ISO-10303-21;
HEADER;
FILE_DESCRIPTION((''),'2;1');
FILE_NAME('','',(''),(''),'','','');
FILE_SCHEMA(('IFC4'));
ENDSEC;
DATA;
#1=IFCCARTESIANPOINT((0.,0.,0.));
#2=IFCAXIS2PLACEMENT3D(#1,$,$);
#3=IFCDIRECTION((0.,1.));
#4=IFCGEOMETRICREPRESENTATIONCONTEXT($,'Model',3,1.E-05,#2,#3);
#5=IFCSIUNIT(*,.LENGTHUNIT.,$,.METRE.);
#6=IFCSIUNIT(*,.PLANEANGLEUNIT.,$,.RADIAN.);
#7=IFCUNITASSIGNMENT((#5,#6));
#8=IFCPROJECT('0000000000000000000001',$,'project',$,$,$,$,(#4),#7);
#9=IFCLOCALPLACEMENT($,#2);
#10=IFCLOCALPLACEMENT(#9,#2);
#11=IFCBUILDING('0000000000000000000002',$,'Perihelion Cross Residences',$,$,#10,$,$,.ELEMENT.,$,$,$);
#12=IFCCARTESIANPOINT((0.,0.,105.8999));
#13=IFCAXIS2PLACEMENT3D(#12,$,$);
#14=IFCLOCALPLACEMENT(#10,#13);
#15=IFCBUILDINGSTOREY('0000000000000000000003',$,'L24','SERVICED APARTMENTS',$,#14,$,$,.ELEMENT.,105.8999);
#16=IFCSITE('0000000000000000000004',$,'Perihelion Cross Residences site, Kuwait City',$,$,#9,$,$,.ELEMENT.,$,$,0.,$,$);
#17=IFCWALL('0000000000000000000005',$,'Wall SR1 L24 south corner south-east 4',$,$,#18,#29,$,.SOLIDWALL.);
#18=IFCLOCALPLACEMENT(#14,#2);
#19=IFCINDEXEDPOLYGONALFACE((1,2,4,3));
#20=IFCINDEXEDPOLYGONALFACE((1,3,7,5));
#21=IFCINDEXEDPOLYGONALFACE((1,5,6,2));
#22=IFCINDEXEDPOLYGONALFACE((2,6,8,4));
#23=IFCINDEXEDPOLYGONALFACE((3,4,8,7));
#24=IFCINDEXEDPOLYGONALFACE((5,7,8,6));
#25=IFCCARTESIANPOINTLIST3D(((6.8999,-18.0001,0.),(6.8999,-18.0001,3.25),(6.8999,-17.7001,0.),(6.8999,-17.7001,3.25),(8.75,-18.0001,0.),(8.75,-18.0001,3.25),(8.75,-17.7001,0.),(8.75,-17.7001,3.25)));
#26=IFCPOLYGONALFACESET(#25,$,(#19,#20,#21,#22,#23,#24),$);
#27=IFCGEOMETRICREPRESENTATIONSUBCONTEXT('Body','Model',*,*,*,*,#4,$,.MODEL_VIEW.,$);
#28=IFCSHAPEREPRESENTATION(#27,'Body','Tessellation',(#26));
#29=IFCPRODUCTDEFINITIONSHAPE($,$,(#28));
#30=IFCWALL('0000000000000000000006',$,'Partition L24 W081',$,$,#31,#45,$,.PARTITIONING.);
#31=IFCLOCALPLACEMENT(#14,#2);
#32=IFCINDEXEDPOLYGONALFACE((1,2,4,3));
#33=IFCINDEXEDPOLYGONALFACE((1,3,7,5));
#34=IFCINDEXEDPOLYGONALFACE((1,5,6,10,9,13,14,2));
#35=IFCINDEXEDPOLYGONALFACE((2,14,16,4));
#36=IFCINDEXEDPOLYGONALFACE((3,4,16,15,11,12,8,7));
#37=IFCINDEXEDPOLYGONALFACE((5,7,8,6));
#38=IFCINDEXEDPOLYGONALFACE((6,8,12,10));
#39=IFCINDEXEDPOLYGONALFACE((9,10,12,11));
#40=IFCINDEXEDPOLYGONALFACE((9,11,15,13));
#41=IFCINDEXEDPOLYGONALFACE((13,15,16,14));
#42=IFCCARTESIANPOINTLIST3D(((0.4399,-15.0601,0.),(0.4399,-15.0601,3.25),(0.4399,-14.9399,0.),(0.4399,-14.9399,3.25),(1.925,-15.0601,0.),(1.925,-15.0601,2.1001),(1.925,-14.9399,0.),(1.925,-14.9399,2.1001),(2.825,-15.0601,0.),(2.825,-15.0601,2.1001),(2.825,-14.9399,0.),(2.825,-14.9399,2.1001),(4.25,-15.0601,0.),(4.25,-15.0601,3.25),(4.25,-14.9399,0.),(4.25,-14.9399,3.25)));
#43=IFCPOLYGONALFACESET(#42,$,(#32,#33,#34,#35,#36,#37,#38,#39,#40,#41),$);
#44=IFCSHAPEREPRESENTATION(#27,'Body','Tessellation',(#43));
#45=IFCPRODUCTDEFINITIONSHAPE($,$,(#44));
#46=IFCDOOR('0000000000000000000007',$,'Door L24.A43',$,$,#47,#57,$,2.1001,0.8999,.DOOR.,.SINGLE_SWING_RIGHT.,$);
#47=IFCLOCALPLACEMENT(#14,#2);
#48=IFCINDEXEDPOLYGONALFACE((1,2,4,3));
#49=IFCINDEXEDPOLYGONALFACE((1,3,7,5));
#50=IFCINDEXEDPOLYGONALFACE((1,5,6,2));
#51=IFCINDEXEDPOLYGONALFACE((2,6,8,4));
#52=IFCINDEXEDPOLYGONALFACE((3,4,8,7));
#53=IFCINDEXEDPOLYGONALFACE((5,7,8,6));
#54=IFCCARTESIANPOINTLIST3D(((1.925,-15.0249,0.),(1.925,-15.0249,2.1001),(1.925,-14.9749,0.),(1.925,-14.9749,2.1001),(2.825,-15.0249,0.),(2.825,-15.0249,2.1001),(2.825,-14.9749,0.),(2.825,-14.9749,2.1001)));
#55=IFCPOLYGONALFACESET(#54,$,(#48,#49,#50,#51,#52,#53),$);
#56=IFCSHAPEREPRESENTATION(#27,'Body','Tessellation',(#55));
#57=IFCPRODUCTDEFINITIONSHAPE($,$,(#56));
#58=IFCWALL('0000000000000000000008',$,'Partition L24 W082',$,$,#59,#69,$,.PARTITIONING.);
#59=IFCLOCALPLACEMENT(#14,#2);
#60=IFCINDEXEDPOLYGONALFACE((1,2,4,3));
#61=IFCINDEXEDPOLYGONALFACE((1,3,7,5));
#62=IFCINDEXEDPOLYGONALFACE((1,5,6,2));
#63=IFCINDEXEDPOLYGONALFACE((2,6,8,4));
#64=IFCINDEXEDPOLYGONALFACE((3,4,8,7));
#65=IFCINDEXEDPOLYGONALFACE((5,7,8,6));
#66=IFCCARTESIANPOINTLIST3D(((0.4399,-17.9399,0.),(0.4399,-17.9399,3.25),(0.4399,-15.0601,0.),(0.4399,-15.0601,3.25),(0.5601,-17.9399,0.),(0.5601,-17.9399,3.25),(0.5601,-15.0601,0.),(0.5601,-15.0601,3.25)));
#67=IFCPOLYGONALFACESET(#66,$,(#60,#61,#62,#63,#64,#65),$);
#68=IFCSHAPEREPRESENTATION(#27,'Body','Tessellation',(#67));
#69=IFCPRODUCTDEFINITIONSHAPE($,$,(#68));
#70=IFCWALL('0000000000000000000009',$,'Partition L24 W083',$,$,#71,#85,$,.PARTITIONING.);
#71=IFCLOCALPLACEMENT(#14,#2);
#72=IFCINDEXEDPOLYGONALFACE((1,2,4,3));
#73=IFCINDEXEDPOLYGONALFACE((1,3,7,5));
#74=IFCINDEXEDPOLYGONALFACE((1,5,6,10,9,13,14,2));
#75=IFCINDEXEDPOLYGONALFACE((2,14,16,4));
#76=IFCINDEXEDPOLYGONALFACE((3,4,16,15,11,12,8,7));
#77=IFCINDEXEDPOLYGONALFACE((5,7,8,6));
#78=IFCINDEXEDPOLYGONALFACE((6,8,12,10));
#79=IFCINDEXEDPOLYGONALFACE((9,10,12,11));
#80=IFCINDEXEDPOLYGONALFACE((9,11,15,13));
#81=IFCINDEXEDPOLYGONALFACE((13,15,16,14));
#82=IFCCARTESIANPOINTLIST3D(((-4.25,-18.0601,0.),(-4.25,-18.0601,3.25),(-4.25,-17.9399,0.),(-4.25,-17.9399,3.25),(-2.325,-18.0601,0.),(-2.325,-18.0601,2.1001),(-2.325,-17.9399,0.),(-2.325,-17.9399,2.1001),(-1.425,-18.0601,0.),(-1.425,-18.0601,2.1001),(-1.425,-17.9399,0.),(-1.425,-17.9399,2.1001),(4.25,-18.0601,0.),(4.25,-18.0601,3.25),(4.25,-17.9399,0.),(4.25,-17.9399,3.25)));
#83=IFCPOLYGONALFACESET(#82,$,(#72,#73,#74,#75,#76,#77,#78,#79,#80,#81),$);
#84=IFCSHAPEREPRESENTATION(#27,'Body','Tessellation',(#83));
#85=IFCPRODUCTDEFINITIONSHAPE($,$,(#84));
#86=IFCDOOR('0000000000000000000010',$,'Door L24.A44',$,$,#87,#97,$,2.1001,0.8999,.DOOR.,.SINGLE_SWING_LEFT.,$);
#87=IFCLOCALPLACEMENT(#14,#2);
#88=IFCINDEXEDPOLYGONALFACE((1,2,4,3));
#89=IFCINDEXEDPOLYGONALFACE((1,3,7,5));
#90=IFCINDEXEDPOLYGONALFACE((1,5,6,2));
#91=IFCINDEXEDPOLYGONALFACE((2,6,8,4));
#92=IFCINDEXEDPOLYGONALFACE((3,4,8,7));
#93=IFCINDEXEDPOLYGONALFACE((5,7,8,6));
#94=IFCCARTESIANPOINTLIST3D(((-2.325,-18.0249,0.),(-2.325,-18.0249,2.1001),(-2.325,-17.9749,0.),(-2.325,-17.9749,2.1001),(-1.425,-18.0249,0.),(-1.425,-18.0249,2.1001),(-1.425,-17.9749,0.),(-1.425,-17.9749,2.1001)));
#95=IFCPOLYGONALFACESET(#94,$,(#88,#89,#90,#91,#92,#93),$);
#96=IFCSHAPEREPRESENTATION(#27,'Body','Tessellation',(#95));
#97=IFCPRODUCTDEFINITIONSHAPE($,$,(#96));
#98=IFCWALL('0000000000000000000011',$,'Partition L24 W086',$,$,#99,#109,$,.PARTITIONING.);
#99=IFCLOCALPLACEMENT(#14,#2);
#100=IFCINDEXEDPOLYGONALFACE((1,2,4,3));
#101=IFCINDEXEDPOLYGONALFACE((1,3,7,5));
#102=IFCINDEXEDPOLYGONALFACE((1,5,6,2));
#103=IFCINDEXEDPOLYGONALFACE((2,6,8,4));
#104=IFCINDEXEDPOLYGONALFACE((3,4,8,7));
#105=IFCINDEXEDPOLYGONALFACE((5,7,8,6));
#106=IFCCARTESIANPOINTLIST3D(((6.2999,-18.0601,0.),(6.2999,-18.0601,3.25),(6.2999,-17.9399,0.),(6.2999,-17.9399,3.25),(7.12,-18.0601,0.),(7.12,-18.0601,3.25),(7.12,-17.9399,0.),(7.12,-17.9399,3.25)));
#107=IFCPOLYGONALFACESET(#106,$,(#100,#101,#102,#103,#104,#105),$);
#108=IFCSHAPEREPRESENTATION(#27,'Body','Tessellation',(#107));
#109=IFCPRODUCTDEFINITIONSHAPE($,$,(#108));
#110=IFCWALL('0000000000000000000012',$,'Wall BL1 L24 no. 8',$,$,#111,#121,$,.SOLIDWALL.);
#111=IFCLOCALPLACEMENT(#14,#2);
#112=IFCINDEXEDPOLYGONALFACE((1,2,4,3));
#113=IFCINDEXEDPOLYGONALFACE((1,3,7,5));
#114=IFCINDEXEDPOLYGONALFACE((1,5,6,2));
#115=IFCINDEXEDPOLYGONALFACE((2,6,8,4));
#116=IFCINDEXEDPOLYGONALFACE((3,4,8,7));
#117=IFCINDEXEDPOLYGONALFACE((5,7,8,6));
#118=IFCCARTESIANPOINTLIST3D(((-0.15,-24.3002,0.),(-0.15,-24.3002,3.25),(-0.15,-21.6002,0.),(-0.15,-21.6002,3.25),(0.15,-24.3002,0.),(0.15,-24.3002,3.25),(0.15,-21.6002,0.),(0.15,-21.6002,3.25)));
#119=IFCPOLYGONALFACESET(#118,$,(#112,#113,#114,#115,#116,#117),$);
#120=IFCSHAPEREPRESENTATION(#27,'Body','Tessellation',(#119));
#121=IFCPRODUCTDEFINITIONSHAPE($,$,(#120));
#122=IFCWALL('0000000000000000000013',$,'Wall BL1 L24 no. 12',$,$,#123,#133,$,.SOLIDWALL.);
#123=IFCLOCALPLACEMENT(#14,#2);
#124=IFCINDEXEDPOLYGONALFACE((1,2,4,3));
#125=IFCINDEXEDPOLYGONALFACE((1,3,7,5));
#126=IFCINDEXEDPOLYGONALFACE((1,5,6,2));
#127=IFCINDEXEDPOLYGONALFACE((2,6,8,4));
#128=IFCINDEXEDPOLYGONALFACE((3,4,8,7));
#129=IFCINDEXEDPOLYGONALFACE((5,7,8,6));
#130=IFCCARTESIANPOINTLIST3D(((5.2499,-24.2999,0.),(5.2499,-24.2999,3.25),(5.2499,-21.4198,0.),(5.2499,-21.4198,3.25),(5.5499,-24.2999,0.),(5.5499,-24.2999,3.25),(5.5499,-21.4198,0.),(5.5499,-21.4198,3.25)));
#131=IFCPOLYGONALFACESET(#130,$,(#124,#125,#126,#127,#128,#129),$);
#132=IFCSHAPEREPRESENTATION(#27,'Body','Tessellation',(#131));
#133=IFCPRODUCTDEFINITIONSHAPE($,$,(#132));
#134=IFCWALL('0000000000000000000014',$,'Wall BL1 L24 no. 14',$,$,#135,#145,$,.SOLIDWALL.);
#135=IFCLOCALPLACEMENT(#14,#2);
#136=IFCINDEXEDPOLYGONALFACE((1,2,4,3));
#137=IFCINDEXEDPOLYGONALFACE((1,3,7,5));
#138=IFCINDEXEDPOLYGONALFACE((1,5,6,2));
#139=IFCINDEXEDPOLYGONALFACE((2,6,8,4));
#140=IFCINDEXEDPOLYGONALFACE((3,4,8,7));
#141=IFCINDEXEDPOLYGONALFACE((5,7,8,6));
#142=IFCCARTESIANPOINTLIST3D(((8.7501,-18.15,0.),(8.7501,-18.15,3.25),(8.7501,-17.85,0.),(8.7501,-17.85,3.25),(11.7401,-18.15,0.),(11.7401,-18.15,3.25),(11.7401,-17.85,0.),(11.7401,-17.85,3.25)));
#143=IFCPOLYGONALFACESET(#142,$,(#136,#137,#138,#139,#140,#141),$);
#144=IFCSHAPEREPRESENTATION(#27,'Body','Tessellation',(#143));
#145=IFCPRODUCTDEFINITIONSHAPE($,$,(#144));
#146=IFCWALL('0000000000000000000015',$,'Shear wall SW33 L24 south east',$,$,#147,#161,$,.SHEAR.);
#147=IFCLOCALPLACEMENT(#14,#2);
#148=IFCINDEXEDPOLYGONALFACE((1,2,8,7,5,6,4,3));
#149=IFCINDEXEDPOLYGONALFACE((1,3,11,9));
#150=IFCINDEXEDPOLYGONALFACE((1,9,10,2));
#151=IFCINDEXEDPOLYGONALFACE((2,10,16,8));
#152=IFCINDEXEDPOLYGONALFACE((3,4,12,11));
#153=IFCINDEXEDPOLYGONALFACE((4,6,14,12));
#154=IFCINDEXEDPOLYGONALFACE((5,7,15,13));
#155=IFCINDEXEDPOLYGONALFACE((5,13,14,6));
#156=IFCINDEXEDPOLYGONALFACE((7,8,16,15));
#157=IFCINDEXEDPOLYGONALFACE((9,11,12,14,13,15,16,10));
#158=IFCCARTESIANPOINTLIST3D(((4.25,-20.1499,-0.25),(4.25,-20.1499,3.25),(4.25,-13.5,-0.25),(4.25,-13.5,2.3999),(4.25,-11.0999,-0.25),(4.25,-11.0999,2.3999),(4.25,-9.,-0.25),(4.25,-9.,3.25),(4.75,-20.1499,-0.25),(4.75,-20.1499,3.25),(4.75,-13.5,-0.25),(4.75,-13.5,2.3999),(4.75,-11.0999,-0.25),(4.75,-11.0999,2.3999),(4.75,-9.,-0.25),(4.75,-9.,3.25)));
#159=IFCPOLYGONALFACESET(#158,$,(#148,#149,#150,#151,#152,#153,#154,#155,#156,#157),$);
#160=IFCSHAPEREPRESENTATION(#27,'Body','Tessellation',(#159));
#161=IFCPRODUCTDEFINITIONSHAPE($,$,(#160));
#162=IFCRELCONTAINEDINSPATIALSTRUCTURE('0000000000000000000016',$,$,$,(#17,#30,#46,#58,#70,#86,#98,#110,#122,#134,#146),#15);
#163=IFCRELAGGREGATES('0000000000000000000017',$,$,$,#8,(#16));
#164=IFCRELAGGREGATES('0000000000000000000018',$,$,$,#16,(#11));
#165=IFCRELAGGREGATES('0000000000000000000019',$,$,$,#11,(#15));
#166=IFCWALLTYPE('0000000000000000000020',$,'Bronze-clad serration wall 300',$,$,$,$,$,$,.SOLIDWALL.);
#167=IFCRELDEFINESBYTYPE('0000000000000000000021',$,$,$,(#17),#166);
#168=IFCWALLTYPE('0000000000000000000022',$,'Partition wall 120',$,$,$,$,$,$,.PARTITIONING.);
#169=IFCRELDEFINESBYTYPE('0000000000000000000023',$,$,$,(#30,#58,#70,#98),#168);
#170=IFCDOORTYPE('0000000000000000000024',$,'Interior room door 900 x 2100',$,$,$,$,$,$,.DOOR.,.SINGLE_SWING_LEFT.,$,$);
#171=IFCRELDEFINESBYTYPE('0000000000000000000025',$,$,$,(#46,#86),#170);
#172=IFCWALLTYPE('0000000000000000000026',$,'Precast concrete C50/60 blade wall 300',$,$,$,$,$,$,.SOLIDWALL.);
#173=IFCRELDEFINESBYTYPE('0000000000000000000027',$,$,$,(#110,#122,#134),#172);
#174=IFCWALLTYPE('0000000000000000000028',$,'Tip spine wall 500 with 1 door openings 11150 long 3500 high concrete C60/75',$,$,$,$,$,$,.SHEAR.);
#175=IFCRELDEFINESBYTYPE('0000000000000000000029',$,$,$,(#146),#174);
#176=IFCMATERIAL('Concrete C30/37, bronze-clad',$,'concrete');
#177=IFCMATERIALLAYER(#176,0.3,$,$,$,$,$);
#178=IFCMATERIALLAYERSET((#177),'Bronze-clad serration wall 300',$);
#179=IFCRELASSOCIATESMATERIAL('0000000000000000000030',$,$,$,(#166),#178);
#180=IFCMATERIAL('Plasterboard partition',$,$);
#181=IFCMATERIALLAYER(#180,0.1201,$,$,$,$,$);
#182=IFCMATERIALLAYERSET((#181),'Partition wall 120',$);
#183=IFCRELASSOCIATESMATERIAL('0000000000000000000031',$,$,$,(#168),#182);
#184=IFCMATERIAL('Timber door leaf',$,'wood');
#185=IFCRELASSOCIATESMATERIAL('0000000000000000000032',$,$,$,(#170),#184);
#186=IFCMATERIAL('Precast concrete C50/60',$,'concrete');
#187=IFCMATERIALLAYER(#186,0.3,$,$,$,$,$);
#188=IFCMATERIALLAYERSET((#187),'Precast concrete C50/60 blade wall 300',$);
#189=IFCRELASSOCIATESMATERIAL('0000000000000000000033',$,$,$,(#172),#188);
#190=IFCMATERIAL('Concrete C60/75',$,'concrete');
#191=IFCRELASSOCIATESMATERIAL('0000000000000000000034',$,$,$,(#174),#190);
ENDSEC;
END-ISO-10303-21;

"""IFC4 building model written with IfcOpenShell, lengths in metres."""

from ifc_helpers import new_model, si_unit, direction, frame, frame_2d, origin, place, context, subcontext, project, spatial, polyline, rectangle, outline, extrude, material, layer, layer_set, material_profile, profile_set, type_object, element, fill, save


model = new_model("IFC4")

# Units and contexts
model_context = context("Model", 3, precision=1e-05, world=origin(), true_north=direction((0.0, 1.0)))
body_context = subcontext(model_context, "Body", "Model", "MODEL_VIEW")
ifc_project = project(units=[si_unit("LENGTHUNIT", "METRE"), si_unit("PLANEANGLEUNIT", "RADIAN")], contexts=[model_context])

# Site, building, storey
site_placement = place(None, origin())
site = spatial("IfcSite", under=ifc_project, at=site_placement, Name="Perihelion Cross Residences site, Kuwait City", CompositionType="ELEMENT", RefElevation=0.0)
building_placement = place(site_placement, origin())
building = spatial("IfcBuilding", under=site, at=building_placement, Name="Perihelion Cross Residences", CompositionType="ELEMENT")
storey_placement = place(building_placement, frame((0.0, 0.0, 105.8999)))
storey = spatial("IfcBuildingStorey", under=building, at=storey_placement, Name="L24", Description="SERVICED APARTMENTS", CompositionType="ELEMENT", Elevation=105.8999)

# Wall
ifc_material_1 = material(Name="Concrete C30/37, bronze-clad", Category="concrete")
ifc_layer_1 = layer(ifc_material_1, 0.3)
ifc_layer_set_1 = layer_set([ifc_layer_1], Name="Bronze-clad serration wall 300")
wall_type_1 = type_object("IfcWallType", Name="Bronze-clad serration wall 300", PredefinedType="SOLIDWALL", material=ifc_layer_set_1)
wall_1_placement = place(storey_placement, frame((6.8999, -17.8501, 0.0), z_axis=(0.0, 0.0, 1.0), x_axis=(1.0, 0.0, 0.0)))
element("IfcWall", 1, at=wall_1_placement, inside=storey, type_object=wall_type_1, Name="Wall SR1 L24 south corner south-east 4", PredefinedType="SOLIDWALL", context=body_context, shape_type="SweptSolid", body=[
    extrude(rectangle(XDim=1.8501, YDim=0.3, at=frame_2d((0.925, 0.0))), origin(), (0.0, 0.0, 1.0), 3.25),
])

# Wall, opening, door
ifc_material_2 = material(Name="Plasterboard partition")
ifc_layer_2 = layer(ifc_material_2, 0.1201)
ifc_layer_set_2 = layer_set([ifc_layer_2], Name="Partition wall 120")
wall_type_2 = type_object("IfcWallType", Name="Partition wall 120", PredefinedType="PARTITIONING", material=ifc_layer_set_2)
wall_2_placement = place(storey_placement, frame((4.25, -15.0, 0.0), z_axis=(0.0, 0.0, 1.0), x_axis=(-1.0, 0.0, 0.0)))
wall_2 = element("IfcWall", 2, at=wall_2_placement, inside=storey, type_object=wall_type_2, Name="Partition L24 W081", PredefinedType="PARTITIONING", context=body_context, shape_type="SweptSolid", body=[
    extrude(rectangle(XDim=3.8101, YDim=0.1201, at=frame_2d((1.905, 0.0))), origin(), (0.0, 0.0, 1.0), 3.25),
])
opening_1_placement = place(wall_2_placement, frame((1.425, 0.0, 0.0)))
opening_1 = element("IfcOpeningElement", 3, at=opening_1_placement, cuts=wall_2, PredefinedType="OPENING", context=body_context, shape_type="SweptSolid", body=[
    extrude(rectangle(XDim=0.8999, YDim=2.1001, at=frame_2d((0.45, 1.05))), frame((0.0, 0.0701, 0.0), z_axis=(0.0, -1.0, 0.0), x_axis=(1.0, 0.0, 0.0)), (0.0, 0.0, 1.0), 0.1401),
])
ifc_material_3 = material(Name="Timber door leaf", Category="wood")
door_type_1 = type_object("IfcDoorType", Name="Interior room door 900 x 2100", OperationType="SINGLE_SWING_LEFT", PredefinedType="DOOR", material=ifc_material_3)
door_1_placement = place(opening_1_placement, origin())
door_1 = element("IfcDoor", 4, at=door_1_placement, inside=storey, type_object=door_type_1, Name="Door L24.A43", OperationType="SINGLE_SWING_RIGHT", OverallHeight=2.1001, OverallWidth=0.8999, PredefinedType="DOOR", context=body_context, shape_type="SweptSolid", body=[
    extrude(rectangle(XDim=0.8999, YDim=2.1001, at=frame_2d((0.45, 1.05))), frame((0.0, 0.0249, 0.0), z_axis=(0.0, -1.0, 0.0), x_axis=(1.0, 0.0, 0.0)), (0.0, 0.0, 1.0), 0.05),
])
fill(opening_1, door_1)

# Wall
wall_3_placement = place(storey_placement, frame((0.5, -15.0601, 0.0), z_axis=(0.0, 0.0, 1.0), x_axis=(0.0, -1.0, 0.0)))
element("IfcWall", 5, at=wall_3_placement, inside=storey, type_object=wall_type_2, Name="Partition L24 W082", PredefinedType="PARTITIONING", context=body_context, shape_type="SweptSolid", body=[
    extrude(rectangle(XDim=2.8799, YDim=0.1201, at=frame_2d((1.4399, 0.0))), origin(), (0.0, 0.0, 1.0), 3.25),
])

# Wall, opening, door
wall_4_placement = place(storey_placement, frame((4.25, -18.0, 0.0), z_axis=(0.0, 0.0, 1.0), x_axis=(-1.0, 0.0, 0.0)))
wall_4 = element("IfcWall", 6, at=wall_4_placement, inside=storey, type_object=wall_type_2, Name="Partition L24 W083", PredefinedType="PARTITIONING", context=body_context, shape_type="SweptSolid", body=[
    extrude(rectangle(XDim=8.5, YDim=0.1201, at=frame_2d((4.25, 0.0))), origin(), (0.0, 0.0, 1.0), 3.25),
])
opening_2_placement = place(wall_4_placement, frame((5.675, 0.0, 0.0)))
opening_2 = element("IfcOpeningElement", 7, at=opening_2_placement, cuts=wall_4, PredefinedType="OPENING", context=body_context, shape_type="SweptSolid", body=[
    extrude(rectangle(XDim=0.8999, YDim=2.1001, at=frame_2d((0.45, 1.05))), frame((0.0, 0.0701, 0.0), z_axis=(0.0, -1.0, 0.0), x_axis=(1.0, 0.0, 0.0)), (0.0, 0.0, 1.0), 0.1401),
])
door_2_placement = place(opening_2_placement, origin())
door_2 = element("IfcDoor", 8, at=door_2_placement, inside=storey, type_object=door_type_1, Name="Door L24.A44", OperationType="SINGLE_SWING_LEFT", OverallHeight=2.1001, OverallWidth=0.8999, PredefinedType="DOOR", context=body_context, shape_type="SweptSolid", body=[
    extrude(rectangle(XDim=0.8999, YDim=2.1001, at=frame_2d((0.45, 1.05))), frame((0.0, 0.0249, 0.0), z_axis=(0.0, -1.0, 0.0), x_axis=(1.0, 0.0, 0.0)), (0.0, 0.0, 1.0), 0.05),
])
fill(opening_2, door_2)

# Walls
wall_5_placement = place(storey_placement, frame((7.1201, -18.0, 0.0), z_axis=(0.0, 0.0, 1.0), x_axis=(-1.0, 0.0, 0.0)))
element("IfcWall", 9, at=wall_5_placement, inside=storey, type_object=wall_type_2, Name="Partition L24 W086", PredefinedType="PARTITIONING", context=body_context, shape_type="SweptSolid", body=[
    extrude(rectangle(XDim=0.8201, YDim=0.1201, at=frame_2d((0.4102, 0.0))), origin(), (0.0, 0.0, 1.0), 3.25),
])
ifc_material_4 = material(Name="Precast concrete C50/60", Category="concrete")
ifc_layer_3 = layer(ifc_material_4, 0.3)
ifc_layer_set_3 = layer_set([ifc_layer_3], Name="Precast concrete C50/60 blade wall 300")
wall_type_3 = type_object("IfcWallType", Name="Precast concrete C50/60 blade wall 300", PredefinedType="SOLIDWALL", material=ifc_layer_set_3)
wall_6_placement = place(storey_placement, frame((0.0, -21.6001, 0.0), z_axis=(0.0, 0.0, 1.0), x_axis=(0.0, -1.0, 0.0)))
element("IfcWall", 10, at=wall_6_placement, inside=storey, type_object=wall_type_3, Name="Wall BL1 L24 no. 8", PredefinedType="SOLIDWALL", context=body_context, shape_type="SweptSolid", body=[
    extrude(rectangle(XDim=2.7, YDim=0.3, at=frame_2d((1.3501, 0.0))), origin(), (0.0, 0.0, 1.0), 3.25),
])
wall_7_placement = place(storey_placement, frame((5.3999, -21.4199, 0.0), z_axis=(0.0, 0.0, 1.0), x_axis=(0.0, -1.0, 0.0)))
element("IfcWall", 11, at=wall_7_placement, inside=storey, type_object=wall_type_3, Name="Wall BL1 L24 no. 12", PredefinedType="SOLIDWALL", context=body_context, shape_type="SweptSolid", body=[
    extrude(rectangle(XDim=2.8801, YDim=0.3, at=frame_2d((1.4399, 0.0))), origin(), (0.0, 0.0, 1.0), 3.25),
])
wall_8_placement = place(storey_placement, frame((8.75, -18.0, 0.0), z_axis=(0.0, 0.0, 1.0), x_axis=(1.0, 0.0, 0.0)))
element("IfcWall", 12, at=wall_8_placement, inside=storey, type_object=wall_type_3, Name="Wall BL1 L24 no. 14", PredefinedType="SOLIDWALL", context=body_context, shape_type="SweptSolid", body=[
    extrude(rectangle(XDim=2.99, YDim=0.3, at=frame_2d((1.4951, 0.0))), origin(), (0.0, 0.0, 1.0), 3.25),
])
ifc_material_5 = material(Name="Concrete C60/75", Category="concrete")
ifc_material_profile_1 = material_profile(ifc_material_5, outline(polyline([(0.0, 0.0), (6.6499, 0.0), (6.6499, 2.6499), (9.05, 2.6499), (9.05, 0.0), (11.1499, 0.0), (11.1499, 3.5), (0.0, 3.5), (0.0, 0.0)])), Name="Tip spine wall")
ifc_profile_set_1 = profile_set([ifc_material_profile_1], Name="Concrete C60/75")
wall_type_4 = type_object("IfcWallType", Name="Tip spine wall 500 with 1 door openings 11150 long 3500 high concrete C60/75", PredefinedType="SHEAR", material=ifc_profile_set_1)
wall_9_placement = place(storey_placement, frame((4.25, -20.1499, -0.25), z_axis=(1.0, 0.0, 0.0), x_axis=(0.0, 1.0, 0.0)))
element("IfcWall", 13, at=wall_9_placement, inside=storey, type_object=wall_type_4, Name="Shear wall SW33 L24 south east", PredefinedType="SHEAR", context=body_context, shape_type="SweptSolid", body=[
    extrude(outline(polyline([(0.0, 0.0), (6.6499, 0.0), (6.6499, 2.6499), (9.05, 2.6499), (9.05, 0.0), (11.1499, 0.0), (11.1499, 3.5), (0.0, 3.5), (0.0, 0.0)])), origin(), (0.0, 0.0, 1.0), 0.5),
])

save(model, "model.ifc")
